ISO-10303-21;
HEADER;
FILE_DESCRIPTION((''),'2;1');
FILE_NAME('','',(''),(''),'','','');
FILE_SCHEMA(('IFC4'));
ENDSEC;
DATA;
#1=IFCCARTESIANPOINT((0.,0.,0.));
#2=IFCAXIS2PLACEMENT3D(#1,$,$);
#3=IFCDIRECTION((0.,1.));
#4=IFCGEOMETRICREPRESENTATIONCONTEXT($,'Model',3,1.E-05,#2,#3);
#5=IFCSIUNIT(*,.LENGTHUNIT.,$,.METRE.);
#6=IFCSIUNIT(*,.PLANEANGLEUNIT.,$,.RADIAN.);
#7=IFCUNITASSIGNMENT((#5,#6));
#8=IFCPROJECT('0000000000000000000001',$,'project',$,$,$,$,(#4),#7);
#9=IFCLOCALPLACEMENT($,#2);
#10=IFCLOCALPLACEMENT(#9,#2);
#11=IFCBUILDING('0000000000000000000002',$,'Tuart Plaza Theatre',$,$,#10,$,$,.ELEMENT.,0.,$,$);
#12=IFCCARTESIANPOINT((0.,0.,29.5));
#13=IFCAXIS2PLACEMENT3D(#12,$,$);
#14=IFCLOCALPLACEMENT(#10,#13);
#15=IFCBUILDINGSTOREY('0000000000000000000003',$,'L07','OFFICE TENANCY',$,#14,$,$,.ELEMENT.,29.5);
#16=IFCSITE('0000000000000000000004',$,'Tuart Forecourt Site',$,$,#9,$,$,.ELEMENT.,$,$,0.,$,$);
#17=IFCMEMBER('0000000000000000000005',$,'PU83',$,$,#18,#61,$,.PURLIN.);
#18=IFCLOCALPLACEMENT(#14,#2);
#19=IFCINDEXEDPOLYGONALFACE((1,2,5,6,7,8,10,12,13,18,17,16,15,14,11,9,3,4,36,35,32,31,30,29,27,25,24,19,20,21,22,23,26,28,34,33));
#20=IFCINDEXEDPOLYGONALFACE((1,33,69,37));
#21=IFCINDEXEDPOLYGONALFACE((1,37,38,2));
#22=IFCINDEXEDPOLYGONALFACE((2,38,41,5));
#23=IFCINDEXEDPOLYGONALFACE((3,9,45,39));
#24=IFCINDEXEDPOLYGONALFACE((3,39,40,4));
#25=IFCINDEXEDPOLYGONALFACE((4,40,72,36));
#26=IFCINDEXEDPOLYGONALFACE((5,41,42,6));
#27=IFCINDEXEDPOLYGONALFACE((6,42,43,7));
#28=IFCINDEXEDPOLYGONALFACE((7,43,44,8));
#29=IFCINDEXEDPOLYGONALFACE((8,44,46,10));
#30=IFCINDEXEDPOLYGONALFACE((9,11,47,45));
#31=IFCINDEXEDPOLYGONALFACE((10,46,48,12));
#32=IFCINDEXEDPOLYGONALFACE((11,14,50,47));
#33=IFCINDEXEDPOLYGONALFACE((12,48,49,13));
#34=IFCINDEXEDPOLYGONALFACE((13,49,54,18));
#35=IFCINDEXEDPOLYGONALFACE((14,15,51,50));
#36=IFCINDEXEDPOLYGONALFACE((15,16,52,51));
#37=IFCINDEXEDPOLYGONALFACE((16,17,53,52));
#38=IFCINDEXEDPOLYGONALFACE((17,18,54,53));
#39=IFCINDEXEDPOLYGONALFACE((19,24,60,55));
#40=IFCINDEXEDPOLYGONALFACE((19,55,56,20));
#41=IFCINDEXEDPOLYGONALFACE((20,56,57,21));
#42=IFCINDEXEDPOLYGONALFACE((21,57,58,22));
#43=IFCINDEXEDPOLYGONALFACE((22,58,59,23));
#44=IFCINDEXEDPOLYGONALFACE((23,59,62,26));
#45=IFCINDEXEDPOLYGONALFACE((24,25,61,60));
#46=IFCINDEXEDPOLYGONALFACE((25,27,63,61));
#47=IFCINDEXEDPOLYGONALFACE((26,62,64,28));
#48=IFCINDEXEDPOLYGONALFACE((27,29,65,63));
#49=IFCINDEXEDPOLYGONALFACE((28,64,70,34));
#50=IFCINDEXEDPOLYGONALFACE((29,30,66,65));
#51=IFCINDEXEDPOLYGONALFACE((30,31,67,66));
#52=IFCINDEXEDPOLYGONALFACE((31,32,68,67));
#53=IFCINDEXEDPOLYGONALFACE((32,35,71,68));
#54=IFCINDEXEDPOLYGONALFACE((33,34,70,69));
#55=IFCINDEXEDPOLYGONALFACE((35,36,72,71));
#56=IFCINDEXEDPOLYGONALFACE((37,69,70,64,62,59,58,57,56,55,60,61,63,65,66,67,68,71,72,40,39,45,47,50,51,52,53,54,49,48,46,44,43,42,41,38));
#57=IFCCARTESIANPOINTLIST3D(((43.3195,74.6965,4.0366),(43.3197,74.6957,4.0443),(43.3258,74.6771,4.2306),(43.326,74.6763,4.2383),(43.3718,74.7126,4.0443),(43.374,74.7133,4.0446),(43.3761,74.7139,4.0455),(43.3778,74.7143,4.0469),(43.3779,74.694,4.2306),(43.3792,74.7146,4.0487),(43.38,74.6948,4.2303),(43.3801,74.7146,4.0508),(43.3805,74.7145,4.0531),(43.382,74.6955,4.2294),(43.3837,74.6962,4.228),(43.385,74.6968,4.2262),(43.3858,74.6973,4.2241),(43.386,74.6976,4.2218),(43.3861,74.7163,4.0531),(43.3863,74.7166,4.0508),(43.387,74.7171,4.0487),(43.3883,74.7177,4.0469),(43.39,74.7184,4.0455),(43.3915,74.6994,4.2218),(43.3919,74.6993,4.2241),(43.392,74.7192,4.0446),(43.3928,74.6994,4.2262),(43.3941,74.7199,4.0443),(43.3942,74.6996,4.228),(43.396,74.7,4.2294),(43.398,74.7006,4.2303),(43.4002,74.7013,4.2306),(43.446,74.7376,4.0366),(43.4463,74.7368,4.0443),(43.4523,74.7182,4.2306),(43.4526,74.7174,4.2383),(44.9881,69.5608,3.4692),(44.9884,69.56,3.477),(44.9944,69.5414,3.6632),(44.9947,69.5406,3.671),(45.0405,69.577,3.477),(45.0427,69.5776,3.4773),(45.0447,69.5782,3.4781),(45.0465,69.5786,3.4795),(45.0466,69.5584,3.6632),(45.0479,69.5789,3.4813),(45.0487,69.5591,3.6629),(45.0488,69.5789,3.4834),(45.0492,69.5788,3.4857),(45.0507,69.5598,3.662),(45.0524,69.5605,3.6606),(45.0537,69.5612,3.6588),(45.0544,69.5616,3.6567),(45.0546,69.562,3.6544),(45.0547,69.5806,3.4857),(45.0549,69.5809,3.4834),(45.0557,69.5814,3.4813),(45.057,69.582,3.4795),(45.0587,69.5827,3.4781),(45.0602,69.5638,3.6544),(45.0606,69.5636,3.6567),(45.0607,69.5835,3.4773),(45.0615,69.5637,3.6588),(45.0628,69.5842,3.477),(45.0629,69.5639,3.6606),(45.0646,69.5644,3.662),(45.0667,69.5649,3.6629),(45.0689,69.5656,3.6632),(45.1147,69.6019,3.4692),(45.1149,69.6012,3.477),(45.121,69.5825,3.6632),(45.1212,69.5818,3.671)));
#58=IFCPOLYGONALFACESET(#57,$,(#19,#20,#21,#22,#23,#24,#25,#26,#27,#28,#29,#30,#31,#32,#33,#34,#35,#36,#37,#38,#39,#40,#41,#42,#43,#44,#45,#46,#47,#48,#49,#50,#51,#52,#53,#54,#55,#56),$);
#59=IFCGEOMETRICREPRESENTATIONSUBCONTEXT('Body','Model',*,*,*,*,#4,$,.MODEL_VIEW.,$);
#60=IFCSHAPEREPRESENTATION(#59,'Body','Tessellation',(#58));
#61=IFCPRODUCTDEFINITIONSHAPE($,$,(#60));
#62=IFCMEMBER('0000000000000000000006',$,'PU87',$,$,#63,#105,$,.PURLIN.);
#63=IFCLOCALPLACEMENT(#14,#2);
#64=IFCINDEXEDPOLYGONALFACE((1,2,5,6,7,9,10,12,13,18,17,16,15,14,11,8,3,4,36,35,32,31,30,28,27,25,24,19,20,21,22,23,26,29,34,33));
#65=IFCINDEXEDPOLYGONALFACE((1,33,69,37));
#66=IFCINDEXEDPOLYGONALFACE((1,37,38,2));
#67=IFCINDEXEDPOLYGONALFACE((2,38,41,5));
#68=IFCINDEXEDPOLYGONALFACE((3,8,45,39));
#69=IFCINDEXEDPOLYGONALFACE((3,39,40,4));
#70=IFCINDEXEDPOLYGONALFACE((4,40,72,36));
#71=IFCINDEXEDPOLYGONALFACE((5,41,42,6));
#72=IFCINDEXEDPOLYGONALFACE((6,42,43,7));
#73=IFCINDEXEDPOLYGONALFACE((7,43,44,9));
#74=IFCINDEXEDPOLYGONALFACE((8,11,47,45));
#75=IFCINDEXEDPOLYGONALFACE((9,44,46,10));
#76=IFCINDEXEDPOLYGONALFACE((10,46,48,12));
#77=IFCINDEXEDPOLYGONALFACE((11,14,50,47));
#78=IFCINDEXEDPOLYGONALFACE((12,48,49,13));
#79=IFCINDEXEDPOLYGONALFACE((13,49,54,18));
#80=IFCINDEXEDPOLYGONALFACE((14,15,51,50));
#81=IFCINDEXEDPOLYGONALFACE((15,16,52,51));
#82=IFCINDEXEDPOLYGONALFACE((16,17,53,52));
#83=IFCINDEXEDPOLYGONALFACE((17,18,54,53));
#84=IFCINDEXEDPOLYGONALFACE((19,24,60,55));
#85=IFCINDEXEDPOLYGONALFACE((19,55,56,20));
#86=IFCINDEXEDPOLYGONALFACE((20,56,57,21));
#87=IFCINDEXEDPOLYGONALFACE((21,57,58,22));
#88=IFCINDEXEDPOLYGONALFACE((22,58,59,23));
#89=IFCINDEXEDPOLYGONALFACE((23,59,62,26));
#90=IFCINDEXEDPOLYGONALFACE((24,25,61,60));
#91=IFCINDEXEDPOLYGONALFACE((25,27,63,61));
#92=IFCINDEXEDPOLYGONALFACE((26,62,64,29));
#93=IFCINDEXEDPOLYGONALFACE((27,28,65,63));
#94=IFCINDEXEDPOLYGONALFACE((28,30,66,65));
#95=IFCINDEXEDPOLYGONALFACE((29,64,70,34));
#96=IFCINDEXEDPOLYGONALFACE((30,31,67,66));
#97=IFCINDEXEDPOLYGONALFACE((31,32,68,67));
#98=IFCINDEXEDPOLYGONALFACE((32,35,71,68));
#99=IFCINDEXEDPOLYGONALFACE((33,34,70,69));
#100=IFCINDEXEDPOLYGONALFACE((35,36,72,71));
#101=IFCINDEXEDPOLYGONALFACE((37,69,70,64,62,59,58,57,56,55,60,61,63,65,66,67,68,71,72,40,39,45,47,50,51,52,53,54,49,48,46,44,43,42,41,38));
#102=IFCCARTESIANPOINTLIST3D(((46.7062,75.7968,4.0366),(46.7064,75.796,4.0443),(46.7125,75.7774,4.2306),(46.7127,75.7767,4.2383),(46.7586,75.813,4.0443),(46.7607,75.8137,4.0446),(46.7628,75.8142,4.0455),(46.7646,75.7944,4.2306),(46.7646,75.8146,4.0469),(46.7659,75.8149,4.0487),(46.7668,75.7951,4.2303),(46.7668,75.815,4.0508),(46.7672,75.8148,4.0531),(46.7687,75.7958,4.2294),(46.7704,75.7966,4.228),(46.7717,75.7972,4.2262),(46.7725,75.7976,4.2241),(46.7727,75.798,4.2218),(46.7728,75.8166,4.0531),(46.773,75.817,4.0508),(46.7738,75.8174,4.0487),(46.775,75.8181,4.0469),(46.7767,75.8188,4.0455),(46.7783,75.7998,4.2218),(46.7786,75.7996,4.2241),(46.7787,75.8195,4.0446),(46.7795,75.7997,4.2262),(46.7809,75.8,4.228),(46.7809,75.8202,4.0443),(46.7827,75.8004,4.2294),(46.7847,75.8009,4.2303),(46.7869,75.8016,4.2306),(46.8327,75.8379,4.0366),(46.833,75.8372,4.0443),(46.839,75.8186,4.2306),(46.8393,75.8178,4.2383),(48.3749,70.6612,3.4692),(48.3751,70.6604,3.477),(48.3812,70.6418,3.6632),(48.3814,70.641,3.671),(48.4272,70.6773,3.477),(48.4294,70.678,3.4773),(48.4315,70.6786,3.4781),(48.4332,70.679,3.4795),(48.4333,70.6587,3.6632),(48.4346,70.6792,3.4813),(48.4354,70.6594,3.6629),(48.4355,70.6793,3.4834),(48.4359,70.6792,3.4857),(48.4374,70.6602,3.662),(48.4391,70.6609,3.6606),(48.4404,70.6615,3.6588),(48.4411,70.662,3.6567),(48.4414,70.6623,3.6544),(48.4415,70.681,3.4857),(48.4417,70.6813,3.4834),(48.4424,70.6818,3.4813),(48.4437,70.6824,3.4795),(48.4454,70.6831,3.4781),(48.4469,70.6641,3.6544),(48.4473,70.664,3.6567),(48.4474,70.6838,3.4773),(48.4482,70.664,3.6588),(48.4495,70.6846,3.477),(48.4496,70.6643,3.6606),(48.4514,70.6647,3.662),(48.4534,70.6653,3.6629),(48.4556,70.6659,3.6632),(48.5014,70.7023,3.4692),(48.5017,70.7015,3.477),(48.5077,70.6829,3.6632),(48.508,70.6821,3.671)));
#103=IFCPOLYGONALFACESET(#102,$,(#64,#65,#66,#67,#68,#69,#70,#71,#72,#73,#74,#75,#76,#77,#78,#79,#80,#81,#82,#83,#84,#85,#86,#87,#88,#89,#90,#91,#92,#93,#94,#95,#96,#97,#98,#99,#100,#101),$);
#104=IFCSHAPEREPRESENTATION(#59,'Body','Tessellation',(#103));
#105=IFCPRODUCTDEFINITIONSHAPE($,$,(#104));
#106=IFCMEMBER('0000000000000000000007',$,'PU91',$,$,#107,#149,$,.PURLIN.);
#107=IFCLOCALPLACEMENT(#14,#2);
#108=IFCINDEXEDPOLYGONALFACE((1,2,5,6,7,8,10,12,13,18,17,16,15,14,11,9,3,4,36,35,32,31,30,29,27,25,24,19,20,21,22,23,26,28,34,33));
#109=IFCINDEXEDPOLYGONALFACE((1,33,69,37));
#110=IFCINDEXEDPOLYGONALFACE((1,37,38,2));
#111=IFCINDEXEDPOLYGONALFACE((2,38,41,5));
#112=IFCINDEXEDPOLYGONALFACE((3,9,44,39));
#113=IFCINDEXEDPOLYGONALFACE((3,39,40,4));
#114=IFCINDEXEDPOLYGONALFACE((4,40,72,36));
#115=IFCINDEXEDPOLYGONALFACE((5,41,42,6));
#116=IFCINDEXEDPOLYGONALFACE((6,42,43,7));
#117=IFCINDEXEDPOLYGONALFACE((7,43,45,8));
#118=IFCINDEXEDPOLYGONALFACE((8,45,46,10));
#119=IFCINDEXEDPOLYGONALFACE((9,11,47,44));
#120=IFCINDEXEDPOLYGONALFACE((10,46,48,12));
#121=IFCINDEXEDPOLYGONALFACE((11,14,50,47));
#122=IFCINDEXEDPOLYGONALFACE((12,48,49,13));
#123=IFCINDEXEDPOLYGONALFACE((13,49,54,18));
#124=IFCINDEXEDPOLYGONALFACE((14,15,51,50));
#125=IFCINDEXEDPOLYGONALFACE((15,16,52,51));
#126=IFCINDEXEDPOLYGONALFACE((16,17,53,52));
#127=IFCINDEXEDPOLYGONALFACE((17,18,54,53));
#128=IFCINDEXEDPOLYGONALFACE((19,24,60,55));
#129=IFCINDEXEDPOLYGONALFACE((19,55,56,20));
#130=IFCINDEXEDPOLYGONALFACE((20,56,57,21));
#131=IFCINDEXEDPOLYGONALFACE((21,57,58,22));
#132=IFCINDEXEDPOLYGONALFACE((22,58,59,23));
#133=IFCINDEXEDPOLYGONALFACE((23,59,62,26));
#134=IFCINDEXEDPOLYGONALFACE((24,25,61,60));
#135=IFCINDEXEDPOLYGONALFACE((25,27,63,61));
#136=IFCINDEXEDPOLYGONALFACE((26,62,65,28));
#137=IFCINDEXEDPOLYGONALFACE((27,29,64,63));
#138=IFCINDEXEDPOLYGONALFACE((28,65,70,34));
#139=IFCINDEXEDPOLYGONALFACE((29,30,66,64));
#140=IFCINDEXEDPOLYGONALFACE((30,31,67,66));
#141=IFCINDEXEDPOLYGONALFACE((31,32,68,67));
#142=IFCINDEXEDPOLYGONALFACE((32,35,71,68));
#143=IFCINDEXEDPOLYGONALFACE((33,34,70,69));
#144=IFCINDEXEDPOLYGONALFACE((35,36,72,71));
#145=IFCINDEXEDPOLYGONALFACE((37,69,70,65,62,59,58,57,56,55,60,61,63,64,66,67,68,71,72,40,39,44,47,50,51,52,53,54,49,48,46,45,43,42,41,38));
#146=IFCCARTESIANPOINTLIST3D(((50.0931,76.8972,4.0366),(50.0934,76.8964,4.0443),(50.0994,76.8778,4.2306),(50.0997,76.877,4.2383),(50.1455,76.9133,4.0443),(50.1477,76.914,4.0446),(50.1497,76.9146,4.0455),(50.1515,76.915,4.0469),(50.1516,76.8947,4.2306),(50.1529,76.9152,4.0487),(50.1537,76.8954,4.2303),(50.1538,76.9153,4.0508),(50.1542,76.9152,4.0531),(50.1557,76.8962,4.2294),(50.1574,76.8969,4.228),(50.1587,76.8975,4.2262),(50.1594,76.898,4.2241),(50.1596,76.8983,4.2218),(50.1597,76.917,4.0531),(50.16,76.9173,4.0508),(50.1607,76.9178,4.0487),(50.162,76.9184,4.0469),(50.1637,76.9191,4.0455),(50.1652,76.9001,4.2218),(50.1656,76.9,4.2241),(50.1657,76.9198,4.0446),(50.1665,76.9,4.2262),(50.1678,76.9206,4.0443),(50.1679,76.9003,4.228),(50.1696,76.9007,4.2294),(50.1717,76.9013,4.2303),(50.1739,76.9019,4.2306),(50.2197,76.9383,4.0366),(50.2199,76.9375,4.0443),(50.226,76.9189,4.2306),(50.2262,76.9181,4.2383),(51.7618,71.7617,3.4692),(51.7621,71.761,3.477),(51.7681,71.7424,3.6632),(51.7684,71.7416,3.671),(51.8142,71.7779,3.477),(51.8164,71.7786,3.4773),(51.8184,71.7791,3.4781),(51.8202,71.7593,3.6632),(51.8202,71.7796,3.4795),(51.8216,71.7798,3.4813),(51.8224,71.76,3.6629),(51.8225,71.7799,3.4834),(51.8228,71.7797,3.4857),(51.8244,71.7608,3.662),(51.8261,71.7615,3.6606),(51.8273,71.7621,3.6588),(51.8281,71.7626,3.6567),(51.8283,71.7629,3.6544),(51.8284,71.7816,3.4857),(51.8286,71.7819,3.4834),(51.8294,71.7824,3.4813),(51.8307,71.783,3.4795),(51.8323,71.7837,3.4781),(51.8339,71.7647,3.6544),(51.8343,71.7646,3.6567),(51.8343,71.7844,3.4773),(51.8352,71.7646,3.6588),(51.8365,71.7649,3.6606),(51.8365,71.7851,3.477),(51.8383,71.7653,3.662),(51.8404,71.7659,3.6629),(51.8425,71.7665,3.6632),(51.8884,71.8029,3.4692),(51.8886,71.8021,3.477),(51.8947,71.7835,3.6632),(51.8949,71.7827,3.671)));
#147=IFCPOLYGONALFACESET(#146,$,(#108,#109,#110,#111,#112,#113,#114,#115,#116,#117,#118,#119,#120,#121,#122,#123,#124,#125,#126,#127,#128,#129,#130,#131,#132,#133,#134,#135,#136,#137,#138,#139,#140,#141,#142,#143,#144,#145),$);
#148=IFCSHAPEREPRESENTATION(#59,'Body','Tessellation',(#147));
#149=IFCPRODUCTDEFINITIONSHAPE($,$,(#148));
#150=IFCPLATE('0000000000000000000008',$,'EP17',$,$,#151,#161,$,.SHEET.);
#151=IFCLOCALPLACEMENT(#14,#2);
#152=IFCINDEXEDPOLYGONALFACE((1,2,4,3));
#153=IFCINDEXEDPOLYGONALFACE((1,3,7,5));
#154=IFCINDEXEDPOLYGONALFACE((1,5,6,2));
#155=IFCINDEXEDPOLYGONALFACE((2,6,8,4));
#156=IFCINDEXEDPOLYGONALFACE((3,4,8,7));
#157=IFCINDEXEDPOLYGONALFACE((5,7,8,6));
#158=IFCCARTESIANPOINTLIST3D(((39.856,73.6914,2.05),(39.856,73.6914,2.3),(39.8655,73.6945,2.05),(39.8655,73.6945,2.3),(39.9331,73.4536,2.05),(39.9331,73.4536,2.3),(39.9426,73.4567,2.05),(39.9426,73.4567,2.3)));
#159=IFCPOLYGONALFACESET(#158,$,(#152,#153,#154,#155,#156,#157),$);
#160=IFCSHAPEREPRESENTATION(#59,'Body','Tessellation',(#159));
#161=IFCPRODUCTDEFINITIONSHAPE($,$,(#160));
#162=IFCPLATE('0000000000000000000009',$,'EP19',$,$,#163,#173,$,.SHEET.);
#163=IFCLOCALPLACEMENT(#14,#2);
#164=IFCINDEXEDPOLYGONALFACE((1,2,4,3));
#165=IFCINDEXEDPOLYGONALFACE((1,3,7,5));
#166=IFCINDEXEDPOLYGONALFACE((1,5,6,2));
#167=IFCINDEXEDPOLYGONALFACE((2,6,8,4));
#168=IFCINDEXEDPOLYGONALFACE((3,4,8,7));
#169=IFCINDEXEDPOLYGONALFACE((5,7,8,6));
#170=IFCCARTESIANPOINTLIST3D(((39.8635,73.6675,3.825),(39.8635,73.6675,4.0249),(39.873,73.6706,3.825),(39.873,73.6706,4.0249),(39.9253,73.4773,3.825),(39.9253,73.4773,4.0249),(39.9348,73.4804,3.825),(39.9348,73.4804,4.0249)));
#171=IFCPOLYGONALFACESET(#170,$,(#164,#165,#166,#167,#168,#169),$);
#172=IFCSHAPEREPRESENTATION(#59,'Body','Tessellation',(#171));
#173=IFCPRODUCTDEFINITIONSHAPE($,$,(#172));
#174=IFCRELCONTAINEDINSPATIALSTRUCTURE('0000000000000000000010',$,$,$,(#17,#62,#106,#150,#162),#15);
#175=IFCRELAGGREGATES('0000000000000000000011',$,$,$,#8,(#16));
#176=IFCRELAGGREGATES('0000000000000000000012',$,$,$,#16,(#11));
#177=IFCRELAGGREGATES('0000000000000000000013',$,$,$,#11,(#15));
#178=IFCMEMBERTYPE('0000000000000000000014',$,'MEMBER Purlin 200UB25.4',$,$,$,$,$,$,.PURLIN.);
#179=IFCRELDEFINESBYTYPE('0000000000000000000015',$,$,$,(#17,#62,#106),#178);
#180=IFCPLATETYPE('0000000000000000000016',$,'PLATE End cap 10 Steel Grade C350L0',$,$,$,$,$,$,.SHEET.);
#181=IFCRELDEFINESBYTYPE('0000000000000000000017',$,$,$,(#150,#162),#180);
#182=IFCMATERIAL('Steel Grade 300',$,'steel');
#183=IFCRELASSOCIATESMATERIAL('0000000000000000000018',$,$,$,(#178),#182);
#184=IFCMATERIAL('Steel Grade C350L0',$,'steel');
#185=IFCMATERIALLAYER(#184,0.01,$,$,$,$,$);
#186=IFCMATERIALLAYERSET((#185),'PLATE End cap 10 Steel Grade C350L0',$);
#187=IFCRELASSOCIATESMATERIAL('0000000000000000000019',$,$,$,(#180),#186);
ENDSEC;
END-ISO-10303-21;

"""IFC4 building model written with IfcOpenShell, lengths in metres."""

from ifc_helpers import new_model, si_unit, direction, frame, origin, origin_2d, place, context, subcontext, project, spatial, polyline, i_section, outline, extrude, material, layer, layer_set, material_profile, profile_set, type_object, element, save


model = new_model("IFC4")

# Units and contexts
model_context = context("Model", 3, precision=1e-05, world=origin(), true_north=direction((0.0, 1.0)))
body_context = subcontext(model_context, "Body", "Model", "MODEL_VIEW")
ifc_project = project(units=[si_unit("LENGTHUNIT", "METRE"), si_unit("PLANEANGLEUNIT", "RADIAN")], contexts=[model_context])

# Site, building, storey
site_placement = place(None, origin())
site = spatial("IfcSite", under=ifc_project, at=site_placement, Name="Tuart Forecourt Site", CompositionType="ELEMENT", RefElevation=0.0)
building_placement = place(site_placement, origin())
building = spatial("IfcBuilding", under=site, at=building_placement, Name="Tuart Plaza Theatre", CompositionType="ELEMENT", ElevationOfRefHeight=0.0)
storey_placement = place(building_placement, frame((0.0, 0.0, 29.5)))
storey = spatial("IfcBuildingStorey", under=building, at=storey_placement, Name="L07", Description="OFFICE TENANCY", CompositionType="ELEMENT", Elevation=29.5)

# Members
ifc_material_1 = material(Name="Steel Grade 300", Category="steel")
ifc_material_profile_1 = material_profile(ifc_material_1, i_section(OverallWidth=0.1331, OverallDepth=0.2029, WebThickness=0.0059, FlangeThickness=0.0078, FilletRadius=0.0088, at=origin_2d()), Name="200UB25.4")
ifc_profile_set_1 = profile_set([ifc_material_profile_1], Name="Steel Grade 300")
member_type_1 = type_object("IfcMemberType", Name="MEMBER Purlin 200UB25.4", PredefinedType="PURLIN", material=ifc_profile_set_1)
for number, where, z_axis, x_axis, name in (
    (1, (45.0547, 69.5713, 3.5701), (-0.307325, 0.94585, 0.104495), (-0.951057, -0.309017, 0.0), "PU83"),
    (2, (48.4414, 70.6716, 3.5701), (-0.307325, 0.94585, 0.104495), (-0.951057, -0.309017, 0.0), "PU87"),
):
    element("IfcMember", number, at=place(storey_placement, frame(where, z_axis=z_axis, x_axis=x_axis)), inside=storey, type_object=member_type_1, Name=name, PredefinedType="PURLIN", context=body_context, shape_type="SweptSolid", body=[
        extrude(i_section(OverallWidth=0.1331, OverallDepth=0.2029, WebThickness=0.0059, FlangeThickness=0.0078, FilletRadius=0.0088, at=origin_2d()), origin(), (0.0, 0.0, 1.0), 5.4297),
    ])
member_1_placement = place(storey_placement, frame((51.8284, 71.7722, 3.5701), z_axis=(-0.307338, 0.945845, 0.104499), x_axis=(-0.951052, -0.30903, 0.0)))
element("IfcMember", 3, at=member_1_placement, inside=storey, type_object=member_type_1, Name="PU91", PredefinedType="PURLIN", context=body_context, shape_type="SweptSolid", body=[
    extrude(i_section(OverallWidth=0.1331, OverallDepth=0.2029, WebThickness=0.0059, FlangeThickness=0.0078, FilletRadius=0.0088, at=origin_2d()), origin(), (0.0, 0.0, 1.0), 5.4294),
])

# Plates
ifc_material_2 = material(Name="Steel Grade C350L0", Category="steel")
ifc_layer_1 = layer(ifc_material_2, 0.01)
ifc_layer_set_1 = layer_set([ifc_layer_1], Name="PLATE End cap 10 Steel Grade C350L0")
plate_type = type_object("IfcPlateType", Name="PLATE End cap 10 Steel Grade C350L0", PredefinedType="SHEET", material=ifc_layer_set_1)
plate_1_placement = place(storey_placement, frame((39.9331, 73.4536, 2.3), z_axis=(-0.951192, -0.3086, 0.0), x_axis=(-0.3086, 0.951192, 0.0)))
element("IfcPlate", 4, at=plate_1_placement, inside=storey, type_object=plate_type, Name="EP17", PredefinedType="SHEET", context=body_context, shape_type="SweptSolid", body=[
    extrude(outline(polyline([(0.0, 0.0), (0.25, 0.0), (0.25, 0.25), (0.0, 0.25), (0.0, 0.0)])), origin(), (0.0, 0.0, -1.0), 0.01),
])
plate_2_placement = place(storey_placement, frame((39.9253, 73.4773, 4.0249), z_axis=(-0.951097, -0.308893, 0.0), x_axis=(-0.308893, 0.951097, 0.0)))
element("IfcPlate", 5, at=plate_2_placement, inside=storey, type_object=plate_type, Name="EP19", PredefinedType="SHEET", context=body_context, shape_type="SweptSolid", body=[
    extrude(outline(polyline([(0.0, 0.0), (0.2, 0.0), (0.2, 0.2), (0.0, 0.2), (0.0, 0.0)])), origin(), (0.0, 0.0, -1.0), 0.01),
])

save(model, "model.ifc")
